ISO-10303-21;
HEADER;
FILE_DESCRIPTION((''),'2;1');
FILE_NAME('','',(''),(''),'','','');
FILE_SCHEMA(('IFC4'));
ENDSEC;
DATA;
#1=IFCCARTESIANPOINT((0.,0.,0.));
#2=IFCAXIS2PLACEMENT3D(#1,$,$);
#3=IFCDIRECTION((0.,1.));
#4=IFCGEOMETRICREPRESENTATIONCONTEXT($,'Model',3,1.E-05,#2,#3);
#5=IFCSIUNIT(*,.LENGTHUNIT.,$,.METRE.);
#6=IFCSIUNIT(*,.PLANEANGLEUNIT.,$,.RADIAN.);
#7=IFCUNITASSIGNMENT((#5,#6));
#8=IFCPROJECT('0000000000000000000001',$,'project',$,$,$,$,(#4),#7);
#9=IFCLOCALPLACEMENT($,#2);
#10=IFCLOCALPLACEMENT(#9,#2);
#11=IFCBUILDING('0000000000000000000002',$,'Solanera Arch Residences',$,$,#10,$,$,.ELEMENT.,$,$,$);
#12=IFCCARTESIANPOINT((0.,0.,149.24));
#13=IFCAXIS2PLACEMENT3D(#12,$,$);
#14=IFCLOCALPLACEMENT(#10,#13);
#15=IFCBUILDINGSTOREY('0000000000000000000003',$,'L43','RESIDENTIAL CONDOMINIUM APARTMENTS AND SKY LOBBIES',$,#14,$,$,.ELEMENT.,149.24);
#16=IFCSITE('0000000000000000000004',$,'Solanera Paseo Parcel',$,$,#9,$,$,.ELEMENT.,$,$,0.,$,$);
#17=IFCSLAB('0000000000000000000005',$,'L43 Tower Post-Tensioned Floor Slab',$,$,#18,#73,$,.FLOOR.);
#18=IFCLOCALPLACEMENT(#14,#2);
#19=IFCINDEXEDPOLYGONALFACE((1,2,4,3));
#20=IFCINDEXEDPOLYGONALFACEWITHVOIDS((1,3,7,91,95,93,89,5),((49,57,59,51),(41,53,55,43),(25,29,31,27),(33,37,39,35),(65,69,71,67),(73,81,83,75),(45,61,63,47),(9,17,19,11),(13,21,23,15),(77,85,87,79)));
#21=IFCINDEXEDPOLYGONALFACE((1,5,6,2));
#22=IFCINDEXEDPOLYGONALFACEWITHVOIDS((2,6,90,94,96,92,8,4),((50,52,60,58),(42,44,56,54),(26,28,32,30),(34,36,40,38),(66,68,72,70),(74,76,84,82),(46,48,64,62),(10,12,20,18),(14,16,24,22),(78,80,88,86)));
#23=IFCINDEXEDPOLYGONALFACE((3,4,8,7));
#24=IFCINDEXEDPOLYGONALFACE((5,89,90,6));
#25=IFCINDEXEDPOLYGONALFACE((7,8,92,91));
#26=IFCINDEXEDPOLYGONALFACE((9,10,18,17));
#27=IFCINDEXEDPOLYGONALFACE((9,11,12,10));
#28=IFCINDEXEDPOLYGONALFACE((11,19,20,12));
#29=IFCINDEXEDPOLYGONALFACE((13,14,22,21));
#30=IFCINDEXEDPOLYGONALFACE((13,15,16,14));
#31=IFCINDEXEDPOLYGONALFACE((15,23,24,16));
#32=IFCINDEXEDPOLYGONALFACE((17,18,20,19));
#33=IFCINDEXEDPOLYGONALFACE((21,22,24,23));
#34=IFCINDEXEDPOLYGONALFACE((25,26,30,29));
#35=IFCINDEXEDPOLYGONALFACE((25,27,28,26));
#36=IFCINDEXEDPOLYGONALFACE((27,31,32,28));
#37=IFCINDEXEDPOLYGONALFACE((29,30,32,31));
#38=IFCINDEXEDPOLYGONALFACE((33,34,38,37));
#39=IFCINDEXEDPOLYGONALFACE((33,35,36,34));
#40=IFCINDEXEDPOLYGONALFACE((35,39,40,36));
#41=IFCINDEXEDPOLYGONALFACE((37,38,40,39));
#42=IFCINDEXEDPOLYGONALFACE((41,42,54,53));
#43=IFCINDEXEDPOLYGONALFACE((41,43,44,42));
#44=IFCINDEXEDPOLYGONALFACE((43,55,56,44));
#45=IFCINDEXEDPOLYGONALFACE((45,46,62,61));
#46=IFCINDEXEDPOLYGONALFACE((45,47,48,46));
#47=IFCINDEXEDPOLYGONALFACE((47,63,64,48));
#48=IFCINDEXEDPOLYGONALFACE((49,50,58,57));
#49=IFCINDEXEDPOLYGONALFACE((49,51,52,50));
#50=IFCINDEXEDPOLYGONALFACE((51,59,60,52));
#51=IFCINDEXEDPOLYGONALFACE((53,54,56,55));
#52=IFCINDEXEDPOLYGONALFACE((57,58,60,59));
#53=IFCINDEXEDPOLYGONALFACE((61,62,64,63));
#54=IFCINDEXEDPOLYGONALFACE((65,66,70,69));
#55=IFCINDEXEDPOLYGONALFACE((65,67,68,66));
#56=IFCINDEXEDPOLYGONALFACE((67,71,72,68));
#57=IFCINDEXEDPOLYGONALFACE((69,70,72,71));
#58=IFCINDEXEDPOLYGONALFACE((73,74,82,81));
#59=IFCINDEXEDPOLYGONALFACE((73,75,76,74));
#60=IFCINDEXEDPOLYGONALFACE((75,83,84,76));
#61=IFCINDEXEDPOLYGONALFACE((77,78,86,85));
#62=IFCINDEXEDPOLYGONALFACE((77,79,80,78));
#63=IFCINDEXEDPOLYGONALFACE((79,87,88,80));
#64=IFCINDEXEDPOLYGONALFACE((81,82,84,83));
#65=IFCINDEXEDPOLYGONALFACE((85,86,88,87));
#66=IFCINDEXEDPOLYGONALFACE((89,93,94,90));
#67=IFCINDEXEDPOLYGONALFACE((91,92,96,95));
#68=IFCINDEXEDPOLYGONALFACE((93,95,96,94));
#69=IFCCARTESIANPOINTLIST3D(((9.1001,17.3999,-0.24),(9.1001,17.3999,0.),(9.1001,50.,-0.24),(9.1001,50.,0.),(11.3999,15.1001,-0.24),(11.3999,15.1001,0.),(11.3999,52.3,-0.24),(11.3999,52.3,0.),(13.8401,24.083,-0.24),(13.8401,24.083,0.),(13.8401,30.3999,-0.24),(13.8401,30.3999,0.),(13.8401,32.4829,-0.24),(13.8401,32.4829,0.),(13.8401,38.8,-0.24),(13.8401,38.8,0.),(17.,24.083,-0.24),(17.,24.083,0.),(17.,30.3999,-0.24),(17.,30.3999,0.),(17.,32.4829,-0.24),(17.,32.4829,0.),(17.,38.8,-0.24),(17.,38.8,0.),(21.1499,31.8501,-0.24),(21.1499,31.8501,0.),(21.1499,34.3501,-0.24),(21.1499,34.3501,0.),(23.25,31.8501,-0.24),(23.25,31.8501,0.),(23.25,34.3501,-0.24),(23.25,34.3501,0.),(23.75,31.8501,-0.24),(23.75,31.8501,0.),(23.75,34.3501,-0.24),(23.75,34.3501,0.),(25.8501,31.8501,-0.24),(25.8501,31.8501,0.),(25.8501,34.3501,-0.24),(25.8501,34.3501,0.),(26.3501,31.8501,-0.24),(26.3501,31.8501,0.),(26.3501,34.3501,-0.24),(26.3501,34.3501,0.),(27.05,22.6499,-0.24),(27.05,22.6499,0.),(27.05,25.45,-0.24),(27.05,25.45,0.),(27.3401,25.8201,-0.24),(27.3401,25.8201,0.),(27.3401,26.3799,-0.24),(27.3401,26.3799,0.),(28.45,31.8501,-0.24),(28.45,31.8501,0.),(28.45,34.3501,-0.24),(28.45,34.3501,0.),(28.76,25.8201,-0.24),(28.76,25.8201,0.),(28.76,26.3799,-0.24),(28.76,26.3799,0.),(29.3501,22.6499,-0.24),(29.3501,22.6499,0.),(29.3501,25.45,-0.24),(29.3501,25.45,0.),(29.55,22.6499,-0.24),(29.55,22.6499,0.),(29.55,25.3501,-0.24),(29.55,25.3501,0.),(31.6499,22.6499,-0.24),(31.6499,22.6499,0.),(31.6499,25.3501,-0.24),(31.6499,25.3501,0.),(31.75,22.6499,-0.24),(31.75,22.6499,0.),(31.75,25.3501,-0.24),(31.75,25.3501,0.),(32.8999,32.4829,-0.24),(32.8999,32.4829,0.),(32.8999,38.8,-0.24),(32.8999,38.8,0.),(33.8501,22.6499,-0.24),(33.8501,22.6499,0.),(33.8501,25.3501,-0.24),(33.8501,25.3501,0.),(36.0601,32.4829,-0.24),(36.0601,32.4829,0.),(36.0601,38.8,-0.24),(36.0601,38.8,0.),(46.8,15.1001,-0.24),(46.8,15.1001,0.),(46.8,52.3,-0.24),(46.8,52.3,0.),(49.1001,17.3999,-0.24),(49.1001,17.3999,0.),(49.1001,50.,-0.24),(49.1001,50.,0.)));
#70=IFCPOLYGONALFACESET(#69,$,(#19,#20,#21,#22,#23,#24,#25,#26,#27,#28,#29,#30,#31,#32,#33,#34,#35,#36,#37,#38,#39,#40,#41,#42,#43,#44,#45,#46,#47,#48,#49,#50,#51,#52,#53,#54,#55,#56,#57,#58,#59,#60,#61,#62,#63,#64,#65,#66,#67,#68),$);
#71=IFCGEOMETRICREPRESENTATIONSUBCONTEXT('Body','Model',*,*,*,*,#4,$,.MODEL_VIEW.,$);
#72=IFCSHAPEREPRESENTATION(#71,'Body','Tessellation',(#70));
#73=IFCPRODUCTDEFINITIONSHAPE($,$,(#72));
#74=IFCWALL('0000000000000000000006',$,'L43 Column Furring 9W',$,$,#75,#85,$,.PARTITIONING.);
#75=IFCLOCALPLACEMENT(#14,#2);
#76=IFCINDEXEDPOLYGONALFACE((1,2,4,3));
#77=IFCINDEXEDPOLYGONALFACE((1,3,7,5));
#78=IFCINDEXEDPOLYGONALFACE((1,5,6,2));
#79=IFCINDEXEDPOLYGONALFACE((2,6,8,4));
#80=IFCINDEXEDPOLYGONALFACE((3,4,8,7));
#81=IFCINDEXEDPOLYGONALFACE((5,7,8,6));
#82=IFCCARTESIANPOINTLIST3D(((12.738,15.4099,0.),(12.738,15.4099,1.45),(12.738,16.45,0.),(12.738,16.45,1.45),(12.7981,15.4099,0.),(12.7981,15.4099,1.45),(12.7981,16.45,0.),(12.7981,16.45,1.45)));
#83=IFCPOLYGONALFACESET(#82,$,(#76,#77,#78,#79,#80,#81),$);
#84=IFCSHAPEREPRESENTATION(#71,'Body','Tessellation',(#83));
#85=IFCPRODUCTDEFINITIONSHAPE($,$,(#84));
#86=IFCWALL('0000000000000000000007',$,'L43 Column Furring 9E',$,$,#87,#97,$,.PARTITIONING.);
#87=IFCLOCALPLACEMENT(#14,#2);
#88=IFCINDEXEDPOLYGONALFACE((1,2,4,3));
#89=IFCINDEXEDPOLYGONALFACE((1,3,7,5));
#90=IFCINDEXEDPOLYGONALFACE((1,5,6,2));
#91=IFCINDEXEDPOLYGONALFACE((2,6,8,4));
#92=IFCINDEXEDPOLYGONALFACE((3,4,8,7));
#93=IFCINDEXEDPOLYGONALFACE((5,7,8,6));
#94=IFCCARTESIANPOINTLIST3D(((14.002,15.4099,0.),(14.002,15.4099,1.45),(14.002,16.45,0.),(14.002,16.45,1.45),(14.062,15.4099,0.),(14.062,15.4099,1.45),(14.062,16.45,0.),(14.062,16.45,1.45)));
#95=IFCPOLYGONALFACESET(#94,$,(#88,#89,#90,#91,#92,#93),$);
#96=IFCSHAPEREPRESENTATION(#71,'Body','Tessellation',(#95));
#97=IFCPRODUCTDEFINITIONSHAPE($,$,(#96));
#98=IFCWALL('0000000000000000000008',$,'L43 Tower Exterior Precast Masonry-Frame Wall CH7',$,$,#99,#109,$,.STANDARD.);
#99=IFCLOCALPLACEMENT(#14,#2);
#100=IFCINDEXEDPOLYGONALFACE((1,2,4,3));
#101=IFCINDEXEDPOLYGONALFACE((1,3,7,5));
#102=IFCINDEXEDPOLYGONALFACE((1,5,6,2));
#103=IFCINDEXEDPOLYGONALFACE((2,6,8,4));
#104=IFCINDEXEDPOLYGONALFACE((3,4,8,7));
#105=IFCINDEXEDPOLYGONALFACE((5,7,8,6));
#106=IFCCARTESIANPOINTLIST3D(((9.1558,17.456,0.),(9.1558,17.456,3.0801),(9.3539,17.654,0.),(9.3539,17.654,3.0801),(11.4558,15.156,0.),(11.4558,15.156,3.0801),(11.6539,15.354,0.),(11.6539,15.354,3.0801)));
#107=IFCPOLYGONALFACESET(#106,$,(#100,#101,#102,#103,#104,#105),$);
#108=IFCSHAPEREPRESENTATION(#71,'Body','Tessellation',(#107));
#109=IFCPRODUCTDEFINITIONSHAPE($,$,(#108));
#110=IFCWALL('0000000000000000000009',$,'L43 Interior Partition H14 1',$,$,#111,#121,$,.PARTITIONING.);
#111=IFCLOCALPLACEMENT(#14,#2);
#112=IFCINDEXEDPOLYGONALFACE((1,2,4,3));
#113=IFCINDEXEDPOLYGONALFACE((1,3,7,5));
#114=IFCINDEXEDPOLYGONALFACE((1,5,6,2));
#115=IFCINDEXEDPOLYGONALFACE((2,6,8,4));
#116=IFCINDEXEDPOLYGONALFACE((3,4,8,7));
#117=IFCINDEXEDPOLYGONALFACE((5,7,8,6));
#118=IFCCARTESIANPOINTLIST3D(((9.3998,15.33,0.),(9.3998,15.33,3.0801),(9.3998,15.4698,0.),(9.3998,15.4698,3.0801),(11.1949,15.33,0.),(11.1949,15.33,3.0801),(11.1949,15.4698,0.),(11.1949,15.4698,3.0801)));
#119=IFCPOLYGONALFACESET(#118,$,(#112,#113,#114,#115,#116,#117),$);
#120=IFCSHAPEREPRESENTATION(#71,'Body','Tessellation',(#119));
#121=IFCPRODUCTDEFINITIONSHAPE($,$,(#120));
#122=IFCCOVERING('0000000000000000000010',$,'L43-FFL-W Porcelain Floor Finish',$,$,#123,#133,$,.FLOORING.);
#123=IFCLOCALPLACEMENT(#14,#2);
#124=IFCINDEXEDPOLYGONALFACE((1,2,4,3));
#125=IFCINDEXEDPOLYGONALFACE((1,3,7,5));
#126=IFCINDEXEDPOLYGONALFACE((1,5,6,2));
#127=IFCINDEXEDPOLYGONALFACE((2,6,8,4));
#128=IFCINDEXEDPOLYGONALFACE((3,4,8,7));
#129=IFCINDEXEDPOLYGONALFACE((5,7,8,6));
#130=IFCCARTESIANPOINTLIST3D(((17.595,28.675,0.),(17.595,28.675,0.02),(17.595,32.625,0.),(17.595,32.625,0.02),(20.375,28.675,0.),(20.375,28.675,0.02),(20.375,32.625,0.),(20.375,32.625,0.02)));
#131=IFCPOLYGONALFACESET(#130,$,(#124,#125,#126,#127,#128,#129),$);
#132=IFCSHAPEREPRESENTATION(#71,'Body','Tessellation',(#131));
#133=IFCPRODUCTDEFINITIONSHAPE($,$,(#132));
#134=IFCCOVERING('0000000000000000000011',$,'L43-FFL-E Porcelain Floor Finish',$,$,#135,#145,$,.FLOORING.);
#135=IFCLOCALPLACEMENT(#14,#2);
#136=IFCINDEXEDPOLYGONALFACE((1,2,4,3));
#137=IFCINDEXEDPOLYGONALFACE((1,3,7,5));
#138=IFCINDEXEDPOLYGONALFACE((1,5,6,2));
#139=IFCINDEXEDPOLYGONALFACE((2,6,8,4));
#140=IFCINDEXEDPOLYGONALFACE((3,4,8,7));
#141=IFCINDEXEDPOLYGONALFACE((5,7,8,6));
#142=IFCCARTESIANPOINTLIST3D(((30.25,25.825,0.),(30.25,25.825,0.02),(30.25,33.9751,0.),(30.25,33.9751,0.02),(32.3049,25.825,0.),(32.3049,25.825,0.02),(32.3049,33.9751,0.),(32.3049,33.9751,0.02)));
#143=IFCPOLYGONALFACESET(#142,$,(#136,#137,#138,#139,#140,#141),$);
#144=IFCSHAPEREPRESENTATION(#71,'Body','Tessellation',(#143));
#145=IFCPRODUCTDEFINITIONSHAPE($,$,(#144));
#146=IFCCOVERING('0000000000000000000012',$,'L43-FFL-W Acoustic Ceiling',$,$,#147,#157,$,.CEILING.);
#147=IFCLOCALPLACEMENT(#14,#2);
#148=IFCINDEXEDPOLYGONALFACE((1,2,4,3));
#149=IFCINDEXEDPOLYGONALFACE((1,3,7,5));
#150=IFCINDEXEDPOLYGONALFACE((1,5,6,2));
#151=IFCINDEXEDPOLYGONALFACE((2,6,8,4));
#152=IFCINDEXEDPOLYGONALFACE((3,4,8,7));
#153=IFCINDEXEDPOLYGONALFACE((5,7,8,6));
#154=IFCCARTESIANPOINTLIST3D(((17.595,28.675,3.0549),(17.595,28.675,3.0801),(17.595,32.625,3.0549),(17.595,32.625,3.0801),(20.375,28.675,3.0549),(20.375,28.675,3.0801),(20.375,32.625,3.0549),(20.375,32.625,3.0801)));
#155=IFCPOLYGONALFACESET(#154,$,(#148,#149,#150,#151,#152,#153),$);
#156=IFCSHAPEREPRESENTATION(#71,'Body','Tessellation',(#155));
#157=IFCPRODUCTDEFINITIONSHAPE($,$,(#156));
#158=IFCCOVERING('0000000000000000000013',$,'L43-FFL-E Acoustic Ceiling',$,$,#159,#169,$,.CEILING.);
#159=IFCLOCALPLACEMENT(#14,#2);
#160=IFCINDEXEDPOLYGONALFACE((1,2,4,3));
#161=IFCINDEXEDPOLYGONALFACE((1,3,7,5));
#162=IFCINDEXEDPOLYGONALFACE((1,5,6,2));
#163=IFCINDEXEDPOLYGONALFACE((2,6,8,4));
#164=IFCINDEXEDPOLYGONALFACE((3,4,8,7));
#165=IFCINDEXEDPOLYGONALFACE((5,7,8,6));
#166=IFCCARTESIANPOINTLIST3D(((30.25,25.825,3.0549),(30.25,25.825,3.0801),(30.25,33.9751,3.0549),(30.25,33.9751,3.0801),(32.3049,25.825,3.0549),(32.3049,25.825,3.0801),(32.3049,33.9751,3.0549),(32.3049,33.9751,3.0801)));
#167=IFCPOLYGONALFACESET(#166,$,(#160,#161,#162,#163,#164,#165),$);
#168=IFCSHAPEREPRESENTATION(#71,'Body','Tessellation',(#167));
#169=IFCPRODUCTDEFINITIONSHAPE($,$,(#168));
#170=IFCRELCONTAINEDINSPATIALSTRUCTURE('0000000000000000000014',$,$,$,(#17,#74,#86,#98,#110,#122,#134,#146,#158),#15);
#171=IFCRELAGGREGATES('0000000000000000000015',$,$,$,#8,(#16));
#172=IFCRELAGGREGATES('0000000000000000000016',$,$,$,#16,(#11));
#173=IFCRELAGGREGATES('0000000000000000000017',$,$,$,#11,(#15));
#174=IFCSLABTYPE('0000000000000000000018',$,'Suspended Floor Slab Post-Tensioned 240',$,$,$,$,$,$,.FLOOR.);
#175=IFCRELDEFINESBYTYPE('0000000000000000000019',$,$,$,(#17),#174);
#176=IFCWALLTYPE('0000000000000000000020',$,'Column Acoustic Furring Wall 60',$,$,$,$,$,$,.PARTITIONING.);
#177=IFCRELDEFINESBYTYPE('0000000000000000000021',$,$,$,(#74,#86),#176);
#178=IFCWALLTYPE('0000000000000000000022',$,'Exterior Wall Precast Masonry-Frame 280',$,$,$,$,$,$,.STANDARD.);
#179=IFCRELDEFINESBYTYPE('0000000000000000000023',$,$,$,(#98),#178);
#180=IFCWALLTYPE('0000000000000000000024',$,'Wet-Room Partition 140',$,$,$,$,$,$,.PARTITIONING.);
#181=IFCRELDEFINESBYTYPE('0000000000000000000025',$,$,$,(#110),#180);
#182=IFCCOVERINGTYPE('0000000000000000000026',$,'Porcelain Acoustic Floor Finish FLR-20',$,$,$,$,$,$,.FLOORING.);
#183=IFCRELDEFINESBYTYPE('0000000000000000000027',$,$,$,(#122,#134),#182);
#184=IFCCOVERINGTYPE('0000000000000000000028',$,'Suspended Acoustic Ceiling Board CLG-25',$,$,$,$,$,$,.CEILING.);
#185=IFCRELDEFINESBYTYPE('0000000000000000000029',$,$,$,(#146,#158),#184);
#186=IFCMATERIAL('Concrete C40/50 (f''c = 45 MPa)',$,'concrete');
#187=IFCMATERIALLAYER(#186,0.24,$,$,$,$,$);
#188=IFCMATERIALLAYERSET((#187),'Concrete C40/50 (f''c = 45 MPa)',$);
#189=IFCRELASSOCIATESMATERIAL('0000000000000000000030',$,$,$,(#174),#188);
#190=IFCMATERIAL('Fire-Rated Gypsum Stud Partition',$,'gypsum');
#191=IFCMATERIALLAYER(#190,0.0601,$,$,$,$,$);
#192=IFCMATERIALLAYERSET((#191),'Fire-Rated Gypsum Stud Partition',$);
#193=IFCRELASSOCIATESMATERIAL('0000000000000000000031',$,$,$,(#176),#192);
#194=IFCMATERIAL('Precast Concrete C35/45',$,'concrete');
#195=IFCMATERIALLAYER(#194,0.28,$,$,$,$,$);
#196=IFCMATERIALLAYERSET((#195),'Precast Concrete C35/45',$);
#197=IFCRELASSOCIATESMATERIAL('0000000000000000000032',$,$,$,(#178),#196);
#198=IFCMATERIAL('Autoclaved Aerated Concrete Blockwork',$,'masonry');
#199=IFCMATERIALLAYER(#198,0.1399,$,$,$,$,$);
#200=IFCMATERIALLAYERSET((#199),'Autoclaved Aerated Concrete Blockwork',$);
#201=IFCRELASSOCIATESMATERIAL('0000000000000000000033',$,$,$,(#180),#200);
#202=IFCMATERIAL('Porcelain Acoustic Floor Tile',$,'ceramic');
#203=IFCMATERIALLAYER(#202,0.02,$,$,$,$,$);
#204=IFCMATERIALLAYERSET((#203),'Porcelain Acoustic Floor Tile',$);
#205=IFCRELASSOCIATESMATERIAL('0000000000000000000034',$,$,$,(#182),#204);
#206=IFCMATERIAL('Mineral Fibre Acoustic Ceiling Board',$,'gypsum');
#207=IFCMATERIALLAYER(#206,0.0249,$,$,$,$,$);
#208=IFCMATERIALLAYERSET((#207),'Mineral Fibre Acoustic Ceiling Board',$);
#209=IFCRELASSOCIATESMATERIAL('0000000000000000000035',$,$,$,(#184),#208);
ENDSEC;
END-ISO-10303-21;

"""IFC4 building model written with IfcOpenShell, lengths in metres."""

from ifc_helpers import new_model, si_unit, direction, frame, frame_2d, origin, place, context, subcontext, project, spatial, polyline, rectangle, outline, extrude, material, layer, layer_set, type_object, element, save


model = new_model("IFC4")

# Units and contexts
model_context = context("Model", 3, precision=1e-05, world=origin(), true_north=direction((0.0, 1.0)))
body_context = subcontext(model_context, "Body", "Model", "MODEL_VIEW")
ifc_project = project(units=[si_unit("LENGTHUNIT", "METRE"), si_unit("PLANEANGLEUNIT", "RADIAN")], contexts=[model_context])

# Site, building, storey
site_placement = place(None, origin())
site = spatial("IfcSite", under=ifc_project, at=site_placement, Name="Solanera Paseo Parcel", CompositionType="ELEMENT", RefElevation=0.0)
building_placement = place(site_placement, origin())
building = spatial("IfcBuilding", under=site, at=building_placement, Name="Solanera Arch Residences", CompositionType="ELEMENT")
storey_placement = place(building_placement, frame((0.0, 0.0, 149.24)))
storey = spatial("IfcBuildingStorey", under=building, at=storey_placement, Name="L43", Description="RESIDENTIAL CONDOMINIUM APARTMENTS AND SKY LOBBIES", CompositionType="ELEMENT", Elevation=149.24)

# Slab
ifc_material_1 = material(Name="Concrete C40/50 (f'c = 45 MPa)", Category="concrete")
ifc_layer_1 = layer(ifc_material_1, 0.24)
ifc_layer_set_1 = layer_set([ifc_layer_1], Name="Concrete C40/50 (f'c = 45 MPa)")
slab_type_1 = type_object("IfcSlabType", Name="Suspended Floor Slab Post-Tensioned 240", PredefinedType="FLOOR", material=ifc_layer_set_1)
slab_1_placement = place(storey_placement, frame((0.0, 0.0, -0.24)))
element("IfcSlab", 1, at=slab_1_placement, inside=storey, type_object=slab_type_1, Name="L43 Tower Post-Tensioned Floor Slab", PredefinedType="FLOOR", context=body_context, shape_type="SweptSolid", body=[
    extrude(outline(polyline([(11.3999, 15.1001), (46.8, 15.1001), (49.1001, 17.3999), (49.1001, 50.0), (46.8, 52.3), (11.3999, 52.3), (9.1001, 50.0), (9.1001, 17.3999), (11.3999, 15.1001)]), holes=[polyline([(13.8401, 32.4829), (13.8401, 38.8), (17.0, 38.8), (17.0, 32.4829), (13.8401, 32.4829)]), polyline([(32.8999, 32.4829), (32.8999, 38.8), (36.0601, 38.8), (36.0601, 32.4829), (32.8999, 32.4829)]), polyline([(13.8401, 24.083), (13.8401, 30.3999), (17.0, 30.3999), (17.0, 24.083), (13.8401, 24.083)]), polyline([(21.1499, 34.3501), (23.25, 34.3501), (23.25, 31.8501), (21.1499, 31.8501), (21.1499, 34.3501)]), polyline([(23.75, 34.3501), (25.8501, 34.3501), (25.8501, 31.8501), (23.75, 31.8501), (23.75, 34.3501)]), polyline([(26.3501, 34.3501), (28.45, 34.3501), (28.45, 31.8501), (26.3501, 31.8501), (26.3501, 34.3501)]), polyline([(29.55, 25.3501), (31.6499, 25.3501), (31.6499, 22.6499), (29.55, 22.6499), (29.55, 25.3501)]), polyline([(31.75, 25.3501), (33.8501, 25.3501), (33.8501, 22.6499), (31.75, 22.6499), (31.75, 25.3501)]), polyline([(27.05, 25.45), (29.3501, 25.45), (29.3501, 22.6499), (27.05, 22.6499), (27.05, 25.45)]), polyline([(27.3401, 26.3799), (28.76, 26.3799), (28.76, 25.8201), (27.3401, 25.8201), (27.3401, 26.3799)])]), origin(), (0.0, 0.0, 1.0), 0.24),
])

# Walls
ifc_material_2 = material(Name="Fire-Rated Gypsum Stud Partition", Category="gypsum")
ifc_layer_2 = layer(ifc_material_2, 0.0601)
ifc_layer_set_2 = layer_set([ifc_layer_2], Name="Fire-Rated Gypsum Stud Partition")
wall_type_1 = type_object("IfcWallType", Name="Column Acoustic Furring Wall 60", PredefinedType="PARTITIONING", material=ifc_layer_set_2)
for number, where, z_axis, x_axis, name in (
    (2, (12.7681, 15.4099, 0.0), (0.0, 0.0, 1.0), (0.0, 1.0, 0.0), "L43 Column Furring 9W"),
    (3, (14.032, 15.4099, 0.0), (0.0, 0.0, 1.0), (0.0, 1.0, 0.0), "L43 Column Furring 9E"),
):
    element("IfcWall", number, at=place(storey_placement, frame(where, z_axis=z_axis, x_axis=x_axis)), inside=storey, type_object=wall_type_1, Name=name, PredefinedType="PARTITIONING", context=body_context, shape_type="SweptSolid", body=[
        extrude(rectangle(XDim=1.04, YDim=0.0601, at=frame_2d((0.52, 0.0))), origin(), (0.0, 0.0, 1.0), 1.45),
    ])
ifc_material_3 = material(Name="Precast Concrete C35/45", Category="concrete")
ifc_layer_3 = layer(ifc_material_3, 0.28)
ifc_layer_set_3 = layer_set([ifc_layer_3], Name="Precast Concrete C35/45")
wall_type_2 = type_object("IfcWallType", Name="Exterior Wall Precast Masonry-Frame 280", PredefinedType="STANDARD", material=ifc_layer_set_3)
wall_1_placement = place(storey_placement, frame((11.5549, 15.2549, 0.0), z_axis=(0.0, 0.0, 1.0), x_axis=(-0.707107, 0.707107, 0.0)))
element("IfcWall", 4, at=wall_1_placement, inside=storey, type_object=wall_type_2, Name="L43 Tower Exterior Precast Masonry-Frame Wall CH7", PredefinedType="STANDARD", context=body_context, shape_type="SweptSolid", body=[
    extrude(rectangle(XDim=3.2527, YDim=0.28, at=frame_2d((1.6265, 0.0))), origin(), (0.0, 0.0, 1.0), 3.0801),
])
ifc_material_4 = material(Name="Autoclaved Aerated Concrete Blockwork", Category="masonry")
ifc_layer_4 = layer(ifc_material_4, 0.1399)
ifc_layer_set_4 = layer_set([ifc_layer_4], Name="Autoclaved Aerated Concrete Blockwork")
wall_type_3 = type_object("IfcWallType", Name="Wet-Room Partition 140", PredefinedType="PARTITIONING", material=ifc_layer_set_4)
wall_2_placement = place(storey_placement, frame((9.3999, 15.3999, 0.0), z_axis=(0.0, 0.0, 1.0), x_axis=(1.0, 0.0, 0.0)))
element("IfcWall", 5, at=wall_2_placement, inside=storey, type_object=wall_type_3, Name="L43 Interior Partition H14 1", PredefinedType="PARTITIONING", context=body_context, shape_type="SweptSolid", body=[
    extrude(rectangle(XDim=1.7952, YDim=0.1399, at=frame_2d((0.8975, 0.0))), origin(), (0.0, 0.0, 1.0), 3.0801),
])

# Coverings
ifc_material_5 = material(Name="Porcelain Acoustic Floor Tile", Category="ceramic")
ifc_layer_5 = layer(ifc_material_5, 0.02)
ifc_layer_set_5 = layer_set([ifc_layer_5], Name="Porcelain Acoustic Floor Tile")
covering_type_1 = type_object("IfcCoveringType", Name="Porcelain Acoustic Floor Finish FLR-20", PredefinedType="FLOORING", material=ifc_layer_set_5)
covering_1_placement = place(storey_placement, origin())
element("IfcCovering", 6, at=covering_1_placement, inside=storey, type_object=covering_type_1, Name="L43-FFL-W Porcelain Floor Finish", PredefinedType="FLOORING", context=body_context, shape_type="SweptSolid", body=[
    extrude(outline(polyline([(20.375, 28.675), (17.595, 28.675), (17.595, 32.625), (20.375, 32.625), (20.375, 28.675)])), origin(), (0.0, 0.0, 1.0), 0.02),
])
covering_2_placement = place(storey_placement, origin())
element("IfcCovering", 7, at=covering_2_placement, inside=storey, type_object=covering_type_1, Name="L43-FFL-E Porcelain Floor Finish", PredefinedType="FLOORING", context=body_context, shape_type="SweptSolid", body=[
    extrude(outline(polyline([(32.3049, 25.825), (30.25, 25.825), (30.25, 33.9751), (32.3049, 33.9751), (32.3049, 25.825)])), origin(), (0.0, 0.0, 1.0), 0.02),
])
ifc_material_6 = material(Name="Mineral Fibre Acoustic Ceiling Board", Category="gypsum")
ifc_layer_6 = layer(ifc_material_6, 0.0249)
ifc_layer_set_6 = layer_set([ifc_layer_6], Name="Mineral Fibre Acoustic Ceiling Board")
covering_type_2 = type_object("IfcCoveringType", Name="Suspended Acoustic Ceiling Board CLG-25", PredefinedType="CEILING", material=ifc_layer_set_6)
covering_3_placement = place(storey_placement, frame((0.0, 0.0, 3.0549)))
element("IfcCovering", 8, at=covering_3_placement, inside=storey, type_object=covering_type_2, Name="L43-FFL-W Acoustic Ceiling", PredefinedType="CEILING", context=body_context, shape_type="SweptSolid", body=[
    extrude(outline(polyline([(20.375, 28.675), (17.595, 28.675), (17.595, 32.625), (20.375, 32.625), (20.375, 28.675)])), origin(), (0.0, 0.0, 1.0), 0.0251),
])
covering_4_placement = place(storey_placement, frame((0.0, 0.0, 3.0549)))
element("IfcCovering", 9, at=covering_4_placement, inside=storey, type_object=covering_type_2, Name="L43-FFL-E Acoustic Ceiling", PredefinedType="CEILING", context=body_context, shape_type="SweptSolid", body=[
    extrude(outline(polyline([(32.3049, 25.825), (30.25, 25.825), (30.25, 33.9751), (32.3049, 33.9751), (32.3049, 25.825)])), origin(), (0.0, 0.0, 1.0), 0.0251),
])

save(model, "model.ifc")
